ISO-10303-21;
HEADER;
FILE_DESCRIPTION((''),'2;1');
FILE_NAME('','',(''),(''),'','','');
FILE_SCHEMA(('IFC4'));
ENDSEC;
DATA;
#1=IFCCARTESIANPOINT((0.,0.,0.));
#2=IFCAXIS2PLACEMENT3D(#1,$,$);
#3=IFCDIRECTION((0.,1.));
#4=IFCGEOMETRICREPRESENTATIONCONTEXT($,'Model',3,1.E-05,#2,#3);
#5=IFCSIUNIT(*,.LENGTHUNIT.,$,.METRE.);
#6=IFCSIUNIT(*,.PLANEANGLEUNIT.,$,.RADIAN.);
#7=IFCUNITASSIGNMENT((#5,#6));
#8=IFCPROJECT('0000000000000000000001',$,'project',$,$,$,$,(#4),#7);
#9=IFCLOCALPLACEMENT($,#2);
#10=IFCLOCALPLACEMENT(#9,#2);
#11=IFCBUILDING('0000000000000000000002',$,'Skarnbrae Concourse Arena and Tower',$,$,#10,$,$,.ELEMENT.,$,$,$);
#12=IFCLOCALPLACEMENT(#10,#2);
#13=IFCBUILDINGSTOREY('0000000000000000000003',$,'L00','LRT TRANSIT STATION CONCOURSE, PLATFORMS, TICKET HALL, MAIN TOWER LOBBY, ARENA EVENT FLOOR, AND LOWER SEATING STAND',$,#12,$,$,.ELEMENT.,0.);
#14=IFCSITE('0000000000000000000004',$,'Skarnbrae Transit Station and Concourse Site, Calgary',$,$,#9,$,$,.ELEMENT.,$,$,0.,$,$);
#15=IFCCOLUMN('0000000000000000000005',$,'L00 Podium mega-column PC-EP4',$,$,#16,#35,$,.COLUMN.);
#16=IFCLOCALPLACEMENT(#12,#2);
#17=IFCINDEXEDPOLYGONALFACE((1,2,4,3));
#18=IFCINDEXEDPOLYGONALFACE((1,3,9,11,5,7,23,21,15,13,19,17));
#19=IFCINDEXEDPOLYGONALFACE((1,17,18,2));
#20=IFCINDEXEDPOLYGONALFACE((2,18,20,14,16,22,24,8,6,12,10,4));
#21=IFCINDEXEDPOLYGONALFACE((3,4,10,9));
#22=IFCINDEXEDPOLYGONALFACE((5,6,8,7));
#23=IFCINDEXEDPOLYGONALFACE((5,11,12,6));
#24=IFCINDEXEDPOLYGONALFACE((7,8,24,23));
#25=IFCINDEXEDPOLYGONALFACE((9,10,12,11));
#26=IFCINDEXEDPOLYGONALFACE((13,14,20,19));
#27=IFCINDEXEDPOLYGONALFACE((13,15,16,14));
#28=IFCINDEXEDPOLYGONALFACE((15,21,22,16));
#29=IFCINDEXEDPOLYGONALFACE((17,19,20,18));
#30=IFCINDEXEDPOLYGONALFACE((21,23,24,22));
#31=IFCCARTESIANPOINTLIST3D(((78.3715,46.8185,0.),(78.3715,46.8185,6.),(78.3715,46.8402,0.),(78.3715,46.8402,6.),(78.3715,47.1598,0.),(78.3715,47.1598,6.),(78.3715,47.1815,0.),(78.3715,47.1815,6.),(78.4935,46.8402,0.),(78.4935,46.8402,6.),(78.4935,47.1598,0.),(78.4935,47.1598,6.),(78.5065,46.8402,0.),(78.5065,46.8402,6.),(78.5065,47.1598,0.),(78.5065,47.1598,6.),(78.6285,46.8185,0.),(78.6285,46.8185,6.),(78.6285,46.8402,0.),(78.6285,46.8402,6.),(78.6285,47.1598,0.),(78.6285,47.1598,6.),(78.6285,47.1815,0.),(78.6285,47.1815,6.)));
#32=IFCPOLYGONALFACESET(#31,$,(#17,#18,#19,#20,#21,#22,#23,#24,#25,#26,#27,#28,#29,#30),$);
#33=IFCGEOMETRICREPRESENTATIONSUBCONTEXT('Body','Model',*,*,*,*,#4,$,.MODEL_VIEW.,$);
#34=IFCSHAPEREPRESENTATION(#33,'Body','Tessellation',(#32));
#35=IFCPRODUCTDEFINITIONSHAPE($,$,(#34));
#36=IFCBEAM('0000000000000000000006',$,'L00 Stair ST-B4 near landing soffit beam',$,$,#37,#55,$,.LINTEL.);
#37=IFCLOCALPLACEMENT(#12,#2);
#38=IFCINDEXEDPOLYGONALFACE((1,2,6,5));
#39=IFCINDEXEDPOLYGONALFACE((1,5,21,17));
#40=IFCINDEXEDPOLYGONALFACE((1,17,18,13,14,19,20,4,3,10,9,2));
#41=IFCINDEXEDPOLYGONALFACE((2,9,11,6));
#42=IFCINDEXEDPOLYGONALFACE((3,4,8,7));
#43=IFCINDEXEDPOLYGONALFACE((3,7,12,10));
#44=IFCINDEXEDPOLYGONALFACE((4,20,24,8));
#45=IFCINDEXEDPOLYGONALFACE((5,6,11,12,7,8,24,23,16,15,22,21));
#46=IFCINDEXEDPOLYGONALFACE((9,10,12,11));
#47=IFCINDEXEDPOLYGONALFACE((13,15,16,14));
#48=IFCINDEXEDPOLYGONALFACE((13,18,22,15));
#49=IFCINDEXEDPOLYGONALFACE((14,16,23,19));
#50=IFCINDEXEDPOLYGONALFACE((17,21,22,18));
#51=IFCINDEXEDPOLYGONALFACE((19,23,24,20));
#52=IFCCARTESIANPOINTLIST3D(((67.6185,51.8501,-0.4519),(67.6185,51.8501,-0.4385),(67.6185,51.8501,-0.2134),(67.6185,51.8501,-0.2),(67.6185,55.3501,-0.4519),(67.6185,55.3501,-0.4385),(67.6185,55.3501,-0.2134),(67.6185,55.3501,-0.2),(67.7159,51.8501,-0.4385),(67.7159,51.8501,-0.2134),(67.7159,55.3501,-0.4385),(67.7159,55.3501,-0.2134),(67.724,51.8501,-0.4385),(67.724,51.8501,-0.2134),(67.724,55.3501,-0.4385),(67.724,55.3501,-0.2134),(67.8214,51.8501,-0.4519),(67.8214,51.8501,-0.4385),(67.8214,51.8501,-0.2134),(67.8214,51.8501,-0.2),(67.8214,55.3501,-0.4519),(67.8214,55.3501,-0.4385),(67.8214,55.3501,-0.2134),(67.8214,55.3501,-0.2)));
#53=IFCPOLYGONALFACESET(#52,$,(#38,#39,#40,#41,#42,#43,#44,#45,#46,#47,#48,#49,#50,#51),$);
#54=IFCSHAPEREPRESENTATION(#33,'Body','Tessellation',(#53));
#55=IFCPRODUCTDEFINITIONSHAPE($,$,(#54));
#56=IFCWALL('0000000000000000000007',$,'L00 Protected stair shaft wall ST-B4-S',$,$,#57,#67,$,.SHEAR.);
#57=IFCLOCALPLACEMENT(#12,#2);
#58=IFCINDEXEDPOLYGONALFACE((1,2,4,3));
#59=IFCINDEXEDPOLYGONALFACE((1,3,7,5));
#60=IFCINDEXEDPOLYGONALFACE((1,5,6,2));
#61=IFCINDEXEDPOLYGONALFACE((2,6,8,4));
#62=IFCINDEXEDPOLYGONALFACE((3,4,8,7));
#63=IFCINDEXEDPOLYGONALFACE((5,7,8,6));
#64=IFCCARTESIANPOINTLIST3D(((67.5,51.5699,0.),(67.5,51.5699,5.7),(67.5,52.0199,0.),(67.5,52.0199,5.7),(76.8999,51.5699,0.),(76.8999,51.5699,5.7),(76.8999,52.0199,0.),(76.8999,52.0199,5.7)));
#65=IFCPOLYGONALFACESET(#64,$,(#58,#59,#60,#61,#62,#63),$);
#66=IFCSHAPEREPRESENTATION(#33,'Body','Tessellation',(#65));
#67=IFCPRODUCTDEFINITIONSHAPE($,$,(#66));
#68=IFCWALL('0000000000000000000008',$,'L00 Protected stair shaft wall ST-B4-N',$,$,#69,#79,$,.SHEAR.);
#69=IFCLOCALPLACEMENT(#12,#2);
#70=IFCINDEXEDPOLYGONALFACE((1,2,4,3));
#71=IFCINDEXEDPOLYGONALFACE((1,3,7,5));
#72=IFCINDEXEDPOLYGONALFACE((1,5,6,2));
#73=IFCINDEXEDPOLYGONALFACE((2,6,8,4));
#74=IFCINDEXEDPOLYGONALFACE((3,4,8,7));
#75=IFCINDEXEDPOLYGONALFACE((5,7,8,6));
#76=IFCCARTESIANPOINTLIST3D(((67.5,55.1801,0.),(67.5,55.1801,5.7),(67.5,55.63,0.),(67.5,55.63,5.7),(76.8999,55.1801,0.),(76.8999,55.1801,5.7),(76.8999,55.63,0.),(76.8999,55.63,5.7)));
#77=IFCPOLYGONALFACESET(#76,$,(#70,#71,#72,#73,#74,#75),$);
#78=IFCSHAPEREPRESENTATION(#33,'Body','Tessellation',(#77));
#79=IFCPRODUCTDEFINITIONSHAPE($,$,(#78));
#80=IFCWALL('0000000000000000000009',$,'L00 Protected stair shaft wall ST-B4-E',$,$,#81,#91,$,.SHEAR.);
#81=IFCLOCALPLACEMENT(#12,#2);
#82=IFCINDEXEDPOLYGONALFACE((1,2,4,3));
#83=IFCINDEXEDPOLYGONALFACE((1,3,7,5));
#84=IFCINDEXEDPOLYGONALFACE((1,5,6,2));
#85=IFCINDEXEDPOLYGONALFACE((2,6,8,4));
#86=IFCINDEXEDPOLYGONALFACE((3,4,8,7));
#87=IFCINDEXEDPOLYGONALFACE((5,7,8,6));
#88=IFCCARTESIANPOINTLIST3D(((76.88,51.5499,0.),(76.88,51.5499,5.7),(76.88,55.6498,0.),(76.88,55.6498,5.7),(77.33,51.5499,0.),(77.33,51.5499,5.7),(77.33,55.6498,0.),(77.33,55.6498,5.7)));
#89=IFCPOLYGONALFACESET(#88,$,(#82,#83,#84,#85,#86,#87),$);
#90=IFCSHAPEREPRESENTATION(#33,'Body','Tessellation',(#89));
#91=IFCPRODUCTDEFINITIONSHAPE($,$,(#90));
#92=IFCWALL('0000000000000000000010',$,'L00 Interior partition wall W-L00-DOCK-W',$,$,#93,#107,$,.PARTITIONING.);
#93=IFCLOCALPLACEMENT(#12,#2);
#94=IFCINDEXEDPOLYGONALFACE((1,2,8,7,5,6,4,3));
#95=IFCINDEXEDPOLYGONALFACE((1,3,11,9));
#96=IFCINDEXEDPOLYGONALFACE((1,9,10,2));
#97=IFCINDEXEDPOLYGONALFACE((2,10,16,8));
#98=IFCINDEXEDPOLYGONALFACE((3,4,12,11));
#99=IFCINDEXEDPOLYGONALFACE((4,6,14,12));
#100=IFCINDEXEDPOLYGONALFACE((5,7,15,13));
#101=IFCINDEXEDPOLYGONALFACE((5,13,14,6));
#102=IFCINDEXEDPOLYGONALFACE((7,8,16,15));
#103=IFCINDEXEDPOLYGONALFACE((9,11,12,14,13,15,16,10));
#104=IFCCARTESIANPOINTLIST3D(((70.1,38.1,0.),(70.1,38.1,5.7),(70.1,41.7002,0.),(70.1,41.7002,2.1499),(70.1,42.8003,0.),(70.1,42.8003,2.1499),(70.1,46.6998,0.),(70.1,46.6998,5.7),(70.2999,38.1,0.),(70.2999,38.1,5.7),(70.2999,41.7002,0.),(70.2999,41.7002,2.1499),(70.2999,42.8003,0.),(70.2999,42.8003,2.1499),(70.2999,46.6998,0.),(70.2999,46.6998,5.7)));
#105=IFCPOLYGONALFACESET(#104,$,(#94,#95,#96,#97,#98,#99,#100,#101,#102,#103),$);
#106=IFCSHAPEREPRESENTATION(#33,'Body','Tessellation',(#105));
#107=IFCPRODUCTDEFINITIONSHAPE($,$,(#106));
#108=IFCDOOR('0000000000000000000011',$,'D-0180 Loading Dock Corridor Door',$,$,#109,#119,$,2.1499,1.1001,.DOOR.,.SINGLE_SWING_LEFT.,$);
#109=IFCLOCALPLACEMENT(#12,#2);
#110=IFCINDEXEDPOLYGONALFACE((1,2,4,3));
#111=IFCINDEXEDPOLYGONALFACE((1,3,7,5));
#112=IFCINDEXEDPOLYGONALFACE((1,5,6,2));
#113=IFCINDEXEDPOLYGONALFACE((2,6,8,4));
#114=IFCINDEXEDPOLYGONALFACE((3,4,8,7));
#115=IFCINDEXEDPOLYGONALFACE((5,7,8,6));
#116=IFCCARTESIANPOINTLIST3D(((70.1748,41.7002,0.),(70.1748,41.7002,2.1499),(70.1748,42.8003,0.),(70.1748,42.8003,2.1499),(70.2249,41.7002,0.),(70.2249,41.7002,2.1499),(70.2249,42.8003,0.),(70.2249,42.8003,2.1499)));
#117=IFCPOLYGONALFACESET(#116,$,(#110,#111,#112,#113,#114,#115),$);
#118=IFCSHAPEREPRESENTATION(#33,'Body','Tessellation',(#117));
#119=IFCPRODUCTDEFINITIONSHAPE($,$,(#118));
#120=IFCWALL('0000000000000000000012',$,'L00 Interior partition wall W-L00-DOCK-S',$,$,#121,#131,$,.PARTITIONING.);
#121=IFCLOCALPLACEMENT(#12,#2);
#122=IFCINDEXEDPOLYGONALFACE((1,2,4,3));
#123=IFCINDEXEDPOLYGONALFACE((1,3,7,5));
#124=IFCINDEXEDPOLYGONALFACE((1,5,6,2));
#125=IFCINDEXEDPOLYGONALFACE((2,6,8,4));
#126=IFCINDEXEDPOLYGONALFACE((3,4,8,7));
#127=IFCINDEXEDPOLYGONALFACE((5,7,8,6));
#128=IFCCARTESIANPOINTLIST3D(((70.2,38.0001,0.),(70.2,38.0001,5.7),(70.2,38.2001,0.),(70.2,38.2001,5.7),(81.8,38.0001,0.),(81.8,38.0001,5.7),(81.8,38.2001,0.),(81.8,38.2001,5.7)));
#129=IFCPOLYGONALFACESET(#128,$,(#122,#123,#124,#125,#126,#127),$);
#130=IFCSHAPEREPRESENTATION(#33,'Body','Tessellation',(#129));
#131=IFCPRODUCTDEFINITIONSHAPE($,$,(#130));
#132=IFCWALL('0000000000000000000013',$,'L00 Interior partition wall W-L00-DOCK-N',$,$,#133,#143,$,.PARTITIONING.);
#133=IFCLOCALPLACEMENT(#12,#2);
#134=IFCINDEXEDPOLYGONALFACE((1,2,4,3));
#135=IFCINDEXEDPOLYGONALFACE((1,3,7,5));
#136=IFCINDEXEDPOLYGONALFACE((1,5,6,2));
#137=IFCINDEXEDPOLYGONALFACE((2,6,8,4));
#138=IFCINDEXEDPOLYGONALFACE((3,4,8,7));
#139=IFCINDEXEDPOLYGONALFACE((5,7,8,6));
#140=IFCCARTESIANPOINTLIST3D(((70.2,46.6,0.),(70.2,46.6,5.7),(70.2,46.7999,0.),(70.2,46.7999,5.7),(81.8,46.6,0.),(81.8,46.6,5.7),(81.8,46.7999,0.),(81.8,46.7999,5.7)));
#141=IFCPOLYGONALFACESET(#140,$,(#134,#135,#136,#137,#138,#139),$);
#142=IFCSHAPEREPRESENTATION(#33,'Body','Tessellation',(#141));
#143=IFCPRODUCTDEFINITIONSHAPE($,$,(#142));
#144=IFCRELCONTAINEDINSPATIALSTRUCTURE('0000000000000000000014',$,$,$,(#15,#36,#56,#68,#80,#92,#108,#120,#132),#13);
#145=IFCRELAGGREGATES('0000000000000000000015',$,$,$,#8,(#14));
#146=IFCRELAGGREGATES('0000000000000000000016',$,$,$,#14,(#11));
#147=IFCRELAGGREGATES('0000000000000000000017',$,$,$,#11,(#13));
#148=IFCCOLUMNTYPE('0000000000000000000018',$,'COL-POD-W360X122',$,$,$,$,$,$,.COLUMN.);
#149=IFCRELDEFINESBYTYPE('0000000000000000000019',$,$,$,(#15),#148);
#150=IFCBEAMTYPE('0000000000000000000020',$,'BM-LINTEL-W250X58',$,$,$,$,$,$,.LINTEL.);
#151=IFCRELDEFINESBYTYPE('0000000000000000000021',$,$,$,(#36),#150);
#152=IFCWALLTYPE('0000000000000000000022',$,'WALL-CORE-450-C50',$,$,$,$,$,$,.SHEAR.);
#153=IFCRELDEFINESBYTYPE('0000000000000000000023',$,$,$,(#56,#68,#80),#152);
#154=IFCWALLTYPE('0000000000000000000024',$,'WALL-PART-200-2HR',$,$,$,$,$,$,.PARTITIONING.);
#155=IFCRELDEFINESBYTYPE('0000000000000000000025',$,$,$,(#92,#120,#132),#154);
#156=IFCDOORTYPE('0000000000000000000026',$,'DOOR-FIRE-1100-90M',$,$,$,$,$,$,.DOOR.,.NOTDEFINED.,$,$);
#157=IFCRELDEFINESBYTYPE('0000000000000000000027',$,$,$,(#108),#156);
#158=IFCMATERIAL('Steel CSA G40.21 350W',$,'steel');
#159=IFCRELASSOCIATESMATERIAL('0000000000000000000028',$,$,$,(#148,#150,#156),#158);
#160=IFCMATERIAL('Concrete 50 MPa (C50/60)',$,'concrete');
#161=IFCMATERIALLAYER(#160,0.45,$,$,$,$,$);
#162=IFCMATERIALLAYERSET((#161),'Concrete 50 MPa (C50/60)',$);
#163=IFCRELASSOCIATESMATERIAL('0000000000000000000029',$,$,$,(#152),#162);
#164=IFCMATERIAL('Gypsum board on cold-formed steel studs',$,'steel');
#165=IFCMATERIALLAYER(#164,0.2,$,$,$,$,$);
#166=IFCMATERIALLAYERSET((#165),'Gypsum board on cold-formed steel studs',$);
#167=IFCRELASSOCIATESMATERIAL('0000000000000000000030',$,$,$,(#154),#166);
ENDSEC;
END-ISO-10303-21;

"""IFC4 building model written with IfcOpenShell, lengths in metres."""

from ifc_helpers import new_model, si_unit, direction, frame, frame_2d, origin, origin_2d, place, context, subcontext, project, spatial, rectangle, i_section, extrude, source, transform, mapped, material, layer, layer_set, material_profile, profile_set, type_object, element, fill, save


model = new_model("IFC4")

# Units and contexts
model_context = context("Model", 3, precision=1e-05, world=origin(), true_north=direction((0.0, 1.0)))
body_context = subcontext(model_context, "Body", "Model", "MODEL_VIEW")
ifc_project = project(units=[si_unit("LENGTHUNIT", "METRE"), si_unit("PLANEANGLEUNIT", "RADIAN")], contexts=[model_context])

# Site, building, storey
site_placement = place(None, origin())
site = spatial("IfcSite", under=ifc_project, at=site_placement, Name="Skarnbrae Transit Station and Concourse Site, Calgary", CompositionType="ELEMENT", RefElevation=0.0)
building_placement = place(site_placement, origin())
building = spatial("IfcBuilding", under=site, at=building_placement, Name="Skarnbrae Concourse Arena and Tower", CompositionType="ELEMENT")
storey_placement = place(building_placement, origin())
storey = spatial("IfcBuildingStorey", under=building, at=storey_placement, Name="L00", Description="LRT TRANSIT STATION CONCOURSE, PLATFORMS, TICKET HALL, MAIN TOWER LOBBY, ARENA EVENT FLOOR, AND LOWER SEATING STAND", CompositionType="ELEMENT", Elevation=0.0)

# Column
ifc_material_1 = material(Name="Steel CSA G40.21 350W", Category="steel")
ifc_material_profile_1 = material_profile(ifc_material_1, i_section(OverallWidth=0.2571, OverallDepth=0.363, WebThickness=0.0129, FlangeThickness=0.0217, at=origin_2d()), Name="W360X122")
ifc_profile_set_1 = profile_set([ifc_material_profile_1], Name="Steel CSA G40.21 350W")
column_type = type_object("IfcColumnType", Name="COL-POD-W360X122", PredefinedType="COLUMN", material=ifc_profile_set_1)
shared_shape_1 = source(origin(), body_context, "Body", "SweptSolid", [
    extrude(i_section(OverallWidth=0.2571, OverallDepth=0.363, WebThickness=0.0129, FlangeThickness=0.0217, at=origin_2d()), origin(), (0.0, 0.0, 1.0), 6.0),
])
column_placement = place(storey_placement, frame((78.5, 47.0, 0.0), z_axis=(0.0, 0.0, 1.0), x_axis=(1.0, 0.0, 0.0)))
element("IfcColumn", 1, at=column_placement, inside=storey, type_object=column_type, Name="L00 Podium mega-column PC-EP4", PredefinedType="COLUMN", context=body_context, shape_type="MappedRepresentation", body=[
    mapped(shared_shape_1, transform((0.0, 0.0, 0.0))),
])

# Beam
ifc_material_profile_2 = material_profile(ifc_material_1, i_section(OverallWidth=0.2029, OverallDepth=0.252, WebThickness=0.0081, FlangeThickness=0.0134, at=origin_2d()), Name="W250X58")
ifc_profile_set_2 = profile_set([ifc_material_profile_2], Name="Steel CSA G40.21 350W")
beam_type = type_object("IfcBeamType", Name="BM-LINTEL-W250X58", PredefinedType="LINTEL", material=ifc_profile_set_2)
shared_shape_2 = source(origin(), body_context, "Body", "SweptSolid", [
    extrude(i_section(OverallWidth=0.2029, OverallDepth=0.252, WebThickness=0.0081, FlangeThickness=0.0134, at=origin_2d()), origin(), (0.0, 0.0, 1.0), 3.5),
])
beam_placement = place(storey_placement, frame((67.72, 51.8501, -0.3259), z_axis=(0.0, 1.0, 0.0), x_axis=(-1.0, 0.0, 0.0)))
element("IfcBeam", 2, at=beam_placement, inside=storey, type_object=beam_type, Name="L00 Stair ST-B4 near landing soffit beam", PredefinedType="LINTEL", context=body_context, shape_type="MappedRepresentation", body=[
    mapped(shared_shape_2, transform((0.0, 0.0, 0.0))),
])

# Walls
ifc_material_2 = material(Name="Concrete 50 MPa (C50/60)", Category="concrete")
ifc_layer_1 = layer(ifc_material_2, 0.45)
ifc_layer_set_1 = layer_set([ifc_layer_1], Name="Concrete 50 MPa (C50/60)")
wall_type_1 = type_object("IfcWallType", Name="WALL-CORE-450-C50", PredefinedType="SHEAR", material=ifc_layer_set_1)
shared_shape_3 = source(origin(), body_context, "Body", "SweptSolid", [
    extrude(rectangle(XDim=9.3999, YDim=0.45, at=frame_2d((4.7, 0.0))), origin(), (0.0, 0.0, 1.0), 5.7),
])
for number, where, z_axis, x_axis, name in (
    (3, (67.5, 51.7949, 0.0), (0.0, 0.0, 1.0), (1.0, 0.0, 0.0), "L00 Protected stair shaft wall ST-B4-S"),
    (4, (67.5, 55.405, 0.0), (0.0, 0.0, 1.0), (1.0, 0.0, 0.0), "L00 Protected stair shaft wall ST-B4-N"),
):
    element("IfcWall", number, at=place(storey_placement, frame(where, z_axis=z_axis, x_axis=x_axis)), inside=storey, type_object=wall_type_1, Name=name, PredefinedType="SHEAR", context=body_context, shape_type="MappedRepresentation", body=[
        mapped(shared_shape_3, transform((0.0, 0.0, 0.0))),
    ])

# Shared definitions
shared_shape_4 = source(origin(), body_context, "Body", "SweptSolid", [
    extrude(rectangle(XDim=4.0999, YDim=0.45, at=frame_2d((2.0498, 0.0))), origin(), (0.0, 0.0, 1.0), 5.7),
])
door_type_1 = type_object("IfcDoorType", Name="DOOR-FIRE-1100-90M", OperationType="NOTDEFINED", PredefinedType="DOOR", material=ifc_material_1)
shared_shape_5 = source(origin(), body_context, "Body", "SweptSolid", [
    extrude(rectangle(XDim=1.1001, YDim=2.1499, at=frame_2d((0.55, 1.075))), frame((0.0, 0.0249, 0.0), z_axis=(0.0, -1.0, 0.0), x_axis=(1.0, 0.0, 0.0)), (0.0, 0.0, 1.0), 0.05),
])

# Wall
wall_1_placement = place(storey_placement, frame((77.105, 51.55, 0.0), z_axis=(0.0, 0.0, 1.0), x_axis=(0.0, 1.0, 0.0)))
element("IfcWall", 5, at=wall_1_placement, inside=storey, type_object=wall_type_1, Name="L00 Protected stair shaft wall ST-B4-E", PredefinedType="SHEAR", context=body_context, shape_type="MappedRepresentation", body=[
    mapped(shared_shape_4, transform((0.0, 0.0, 0.0))),
])

# Wall, opening, door
ifc_material_3 = material(Name="Gypsum board on cold-formed steel studs", Category="steel")
ifc_layer_2 = layer(ifc_material_3, 0.2)
ifc_layer_set_2 = layer_set([ifc_layer_2], Name="Gypsum board on cold-formed steel studs")
wall_type_2 = type_object("IfcWallType", Name="WALL-PART-200-2HR", PredefinedType="PARTITIONING", material=ifc_layer_set_2)
shared_shape_6 = source(origin(), body_context, "Body", "SweptSolid", [
    extrude(rectangle(XDim=8.5999, YDim=0.2, at=frame_2d((4.2998, 0.0))), origin(), (0.0, 0.0, 1.0), 5.7),
])
wall_2_placement = place(storey_placement, frame((70.2, 38.1001, 0.0), z_axis=(0.0, 0.0, 1.0), x_axis=(0.0, 1.0, 0.0)))
wall_2 = element("IfcWall", 6, at=wall_2_placement, inside=storey, type_object=wall_type_2, Name="L00 Interior partition wall W-L00-DOCK-W", PredefinedType="PARTITIONING", context=body_context, shape_type="MappedRepresentation", body=[
    mapped(shared_shape_6, transform((0.0, 0.0, 0.0))),
])
opening_1_placement = place(wall_2_placement, frame((3.6001, 0.0, 0.0)))
opening_1 = element("IfcOpeningElement", 7, at=opening_1_placement, cuts=wall_2, PredefinedType="OPENING", context=body_context, shape_type="SweptSolid", body=[
    extrude(rectangle(XDim=1.1001, YDim=2.1499, at=frame_2d((0.55, 1.075))), frame((0.0, 0.1099, 0.0), z_axis=(0.0, -1.0, 0.0), x_axis=(1.0, 0.0, 0.0)), (0.0, 0.0, 1.0), 0.22),
])
door_1_placement = place(opening_1_placement, frame((1.1001, 0.0, 0.0), z_axis=(0.0, 0.0, 1.0), x_axis=(-1.0, 0.0, 0.0)))
door_1 = element("IfcDoor", 8, at=door_1_placement, inside=storey, type_object=door_type_1, Name="D-0180 Loading Dock Corridor Door", OperationType="SINGLE_SWING_LEFT", OverallHeight=2.1499, OverallWidth=1.1001, PredefinedType="DOOR", context=body_context, shape_type="MappedRepresentation", body=[
    mapped(shared_shape_5, transform((0.0, 0.0, 0.0))),
])
fill(opening_1, door_1)

# Walls
shared_shape_7 = source(origin(), body_context, "Body", "SweptSolid", [
    extrude(rectangle(XDim=11.6001, YDim=0.2, at=frame_2d((5.8, 0.0))), origin(), (0.0, 0.0, 1.0), 5.7),
])
for number, where, z_axis, x_axis, name in (
    (9, (70.2, 38.1001, 0.0), (0.0, 0.0, 1.0), (1.0, 0.0, 0.0), "L00 Interior partition wall W-L00-DOCK-S"),
    (10, (70.2, 46.7, 0.0), (0.0, 0.0, 1.0), (1.0, 0.0, 0.0), "L00 Interior partition wall W-L00-DOCK-N"),
):
    element("IfcWall", number, at=place(storey_placement, frame(where, z_axis=z_axis, x_axis=x_axis)), inside=storey, type_object=wall_type_2, Name=name, PredefinedType="PARTITIONING", context=body_context, shape_type="MappedRepresentation", body=[
        mapped(shared_shape_7, transform((0.0, 0.0, 0.0))),
    ])

save(model, "model.ifc")
